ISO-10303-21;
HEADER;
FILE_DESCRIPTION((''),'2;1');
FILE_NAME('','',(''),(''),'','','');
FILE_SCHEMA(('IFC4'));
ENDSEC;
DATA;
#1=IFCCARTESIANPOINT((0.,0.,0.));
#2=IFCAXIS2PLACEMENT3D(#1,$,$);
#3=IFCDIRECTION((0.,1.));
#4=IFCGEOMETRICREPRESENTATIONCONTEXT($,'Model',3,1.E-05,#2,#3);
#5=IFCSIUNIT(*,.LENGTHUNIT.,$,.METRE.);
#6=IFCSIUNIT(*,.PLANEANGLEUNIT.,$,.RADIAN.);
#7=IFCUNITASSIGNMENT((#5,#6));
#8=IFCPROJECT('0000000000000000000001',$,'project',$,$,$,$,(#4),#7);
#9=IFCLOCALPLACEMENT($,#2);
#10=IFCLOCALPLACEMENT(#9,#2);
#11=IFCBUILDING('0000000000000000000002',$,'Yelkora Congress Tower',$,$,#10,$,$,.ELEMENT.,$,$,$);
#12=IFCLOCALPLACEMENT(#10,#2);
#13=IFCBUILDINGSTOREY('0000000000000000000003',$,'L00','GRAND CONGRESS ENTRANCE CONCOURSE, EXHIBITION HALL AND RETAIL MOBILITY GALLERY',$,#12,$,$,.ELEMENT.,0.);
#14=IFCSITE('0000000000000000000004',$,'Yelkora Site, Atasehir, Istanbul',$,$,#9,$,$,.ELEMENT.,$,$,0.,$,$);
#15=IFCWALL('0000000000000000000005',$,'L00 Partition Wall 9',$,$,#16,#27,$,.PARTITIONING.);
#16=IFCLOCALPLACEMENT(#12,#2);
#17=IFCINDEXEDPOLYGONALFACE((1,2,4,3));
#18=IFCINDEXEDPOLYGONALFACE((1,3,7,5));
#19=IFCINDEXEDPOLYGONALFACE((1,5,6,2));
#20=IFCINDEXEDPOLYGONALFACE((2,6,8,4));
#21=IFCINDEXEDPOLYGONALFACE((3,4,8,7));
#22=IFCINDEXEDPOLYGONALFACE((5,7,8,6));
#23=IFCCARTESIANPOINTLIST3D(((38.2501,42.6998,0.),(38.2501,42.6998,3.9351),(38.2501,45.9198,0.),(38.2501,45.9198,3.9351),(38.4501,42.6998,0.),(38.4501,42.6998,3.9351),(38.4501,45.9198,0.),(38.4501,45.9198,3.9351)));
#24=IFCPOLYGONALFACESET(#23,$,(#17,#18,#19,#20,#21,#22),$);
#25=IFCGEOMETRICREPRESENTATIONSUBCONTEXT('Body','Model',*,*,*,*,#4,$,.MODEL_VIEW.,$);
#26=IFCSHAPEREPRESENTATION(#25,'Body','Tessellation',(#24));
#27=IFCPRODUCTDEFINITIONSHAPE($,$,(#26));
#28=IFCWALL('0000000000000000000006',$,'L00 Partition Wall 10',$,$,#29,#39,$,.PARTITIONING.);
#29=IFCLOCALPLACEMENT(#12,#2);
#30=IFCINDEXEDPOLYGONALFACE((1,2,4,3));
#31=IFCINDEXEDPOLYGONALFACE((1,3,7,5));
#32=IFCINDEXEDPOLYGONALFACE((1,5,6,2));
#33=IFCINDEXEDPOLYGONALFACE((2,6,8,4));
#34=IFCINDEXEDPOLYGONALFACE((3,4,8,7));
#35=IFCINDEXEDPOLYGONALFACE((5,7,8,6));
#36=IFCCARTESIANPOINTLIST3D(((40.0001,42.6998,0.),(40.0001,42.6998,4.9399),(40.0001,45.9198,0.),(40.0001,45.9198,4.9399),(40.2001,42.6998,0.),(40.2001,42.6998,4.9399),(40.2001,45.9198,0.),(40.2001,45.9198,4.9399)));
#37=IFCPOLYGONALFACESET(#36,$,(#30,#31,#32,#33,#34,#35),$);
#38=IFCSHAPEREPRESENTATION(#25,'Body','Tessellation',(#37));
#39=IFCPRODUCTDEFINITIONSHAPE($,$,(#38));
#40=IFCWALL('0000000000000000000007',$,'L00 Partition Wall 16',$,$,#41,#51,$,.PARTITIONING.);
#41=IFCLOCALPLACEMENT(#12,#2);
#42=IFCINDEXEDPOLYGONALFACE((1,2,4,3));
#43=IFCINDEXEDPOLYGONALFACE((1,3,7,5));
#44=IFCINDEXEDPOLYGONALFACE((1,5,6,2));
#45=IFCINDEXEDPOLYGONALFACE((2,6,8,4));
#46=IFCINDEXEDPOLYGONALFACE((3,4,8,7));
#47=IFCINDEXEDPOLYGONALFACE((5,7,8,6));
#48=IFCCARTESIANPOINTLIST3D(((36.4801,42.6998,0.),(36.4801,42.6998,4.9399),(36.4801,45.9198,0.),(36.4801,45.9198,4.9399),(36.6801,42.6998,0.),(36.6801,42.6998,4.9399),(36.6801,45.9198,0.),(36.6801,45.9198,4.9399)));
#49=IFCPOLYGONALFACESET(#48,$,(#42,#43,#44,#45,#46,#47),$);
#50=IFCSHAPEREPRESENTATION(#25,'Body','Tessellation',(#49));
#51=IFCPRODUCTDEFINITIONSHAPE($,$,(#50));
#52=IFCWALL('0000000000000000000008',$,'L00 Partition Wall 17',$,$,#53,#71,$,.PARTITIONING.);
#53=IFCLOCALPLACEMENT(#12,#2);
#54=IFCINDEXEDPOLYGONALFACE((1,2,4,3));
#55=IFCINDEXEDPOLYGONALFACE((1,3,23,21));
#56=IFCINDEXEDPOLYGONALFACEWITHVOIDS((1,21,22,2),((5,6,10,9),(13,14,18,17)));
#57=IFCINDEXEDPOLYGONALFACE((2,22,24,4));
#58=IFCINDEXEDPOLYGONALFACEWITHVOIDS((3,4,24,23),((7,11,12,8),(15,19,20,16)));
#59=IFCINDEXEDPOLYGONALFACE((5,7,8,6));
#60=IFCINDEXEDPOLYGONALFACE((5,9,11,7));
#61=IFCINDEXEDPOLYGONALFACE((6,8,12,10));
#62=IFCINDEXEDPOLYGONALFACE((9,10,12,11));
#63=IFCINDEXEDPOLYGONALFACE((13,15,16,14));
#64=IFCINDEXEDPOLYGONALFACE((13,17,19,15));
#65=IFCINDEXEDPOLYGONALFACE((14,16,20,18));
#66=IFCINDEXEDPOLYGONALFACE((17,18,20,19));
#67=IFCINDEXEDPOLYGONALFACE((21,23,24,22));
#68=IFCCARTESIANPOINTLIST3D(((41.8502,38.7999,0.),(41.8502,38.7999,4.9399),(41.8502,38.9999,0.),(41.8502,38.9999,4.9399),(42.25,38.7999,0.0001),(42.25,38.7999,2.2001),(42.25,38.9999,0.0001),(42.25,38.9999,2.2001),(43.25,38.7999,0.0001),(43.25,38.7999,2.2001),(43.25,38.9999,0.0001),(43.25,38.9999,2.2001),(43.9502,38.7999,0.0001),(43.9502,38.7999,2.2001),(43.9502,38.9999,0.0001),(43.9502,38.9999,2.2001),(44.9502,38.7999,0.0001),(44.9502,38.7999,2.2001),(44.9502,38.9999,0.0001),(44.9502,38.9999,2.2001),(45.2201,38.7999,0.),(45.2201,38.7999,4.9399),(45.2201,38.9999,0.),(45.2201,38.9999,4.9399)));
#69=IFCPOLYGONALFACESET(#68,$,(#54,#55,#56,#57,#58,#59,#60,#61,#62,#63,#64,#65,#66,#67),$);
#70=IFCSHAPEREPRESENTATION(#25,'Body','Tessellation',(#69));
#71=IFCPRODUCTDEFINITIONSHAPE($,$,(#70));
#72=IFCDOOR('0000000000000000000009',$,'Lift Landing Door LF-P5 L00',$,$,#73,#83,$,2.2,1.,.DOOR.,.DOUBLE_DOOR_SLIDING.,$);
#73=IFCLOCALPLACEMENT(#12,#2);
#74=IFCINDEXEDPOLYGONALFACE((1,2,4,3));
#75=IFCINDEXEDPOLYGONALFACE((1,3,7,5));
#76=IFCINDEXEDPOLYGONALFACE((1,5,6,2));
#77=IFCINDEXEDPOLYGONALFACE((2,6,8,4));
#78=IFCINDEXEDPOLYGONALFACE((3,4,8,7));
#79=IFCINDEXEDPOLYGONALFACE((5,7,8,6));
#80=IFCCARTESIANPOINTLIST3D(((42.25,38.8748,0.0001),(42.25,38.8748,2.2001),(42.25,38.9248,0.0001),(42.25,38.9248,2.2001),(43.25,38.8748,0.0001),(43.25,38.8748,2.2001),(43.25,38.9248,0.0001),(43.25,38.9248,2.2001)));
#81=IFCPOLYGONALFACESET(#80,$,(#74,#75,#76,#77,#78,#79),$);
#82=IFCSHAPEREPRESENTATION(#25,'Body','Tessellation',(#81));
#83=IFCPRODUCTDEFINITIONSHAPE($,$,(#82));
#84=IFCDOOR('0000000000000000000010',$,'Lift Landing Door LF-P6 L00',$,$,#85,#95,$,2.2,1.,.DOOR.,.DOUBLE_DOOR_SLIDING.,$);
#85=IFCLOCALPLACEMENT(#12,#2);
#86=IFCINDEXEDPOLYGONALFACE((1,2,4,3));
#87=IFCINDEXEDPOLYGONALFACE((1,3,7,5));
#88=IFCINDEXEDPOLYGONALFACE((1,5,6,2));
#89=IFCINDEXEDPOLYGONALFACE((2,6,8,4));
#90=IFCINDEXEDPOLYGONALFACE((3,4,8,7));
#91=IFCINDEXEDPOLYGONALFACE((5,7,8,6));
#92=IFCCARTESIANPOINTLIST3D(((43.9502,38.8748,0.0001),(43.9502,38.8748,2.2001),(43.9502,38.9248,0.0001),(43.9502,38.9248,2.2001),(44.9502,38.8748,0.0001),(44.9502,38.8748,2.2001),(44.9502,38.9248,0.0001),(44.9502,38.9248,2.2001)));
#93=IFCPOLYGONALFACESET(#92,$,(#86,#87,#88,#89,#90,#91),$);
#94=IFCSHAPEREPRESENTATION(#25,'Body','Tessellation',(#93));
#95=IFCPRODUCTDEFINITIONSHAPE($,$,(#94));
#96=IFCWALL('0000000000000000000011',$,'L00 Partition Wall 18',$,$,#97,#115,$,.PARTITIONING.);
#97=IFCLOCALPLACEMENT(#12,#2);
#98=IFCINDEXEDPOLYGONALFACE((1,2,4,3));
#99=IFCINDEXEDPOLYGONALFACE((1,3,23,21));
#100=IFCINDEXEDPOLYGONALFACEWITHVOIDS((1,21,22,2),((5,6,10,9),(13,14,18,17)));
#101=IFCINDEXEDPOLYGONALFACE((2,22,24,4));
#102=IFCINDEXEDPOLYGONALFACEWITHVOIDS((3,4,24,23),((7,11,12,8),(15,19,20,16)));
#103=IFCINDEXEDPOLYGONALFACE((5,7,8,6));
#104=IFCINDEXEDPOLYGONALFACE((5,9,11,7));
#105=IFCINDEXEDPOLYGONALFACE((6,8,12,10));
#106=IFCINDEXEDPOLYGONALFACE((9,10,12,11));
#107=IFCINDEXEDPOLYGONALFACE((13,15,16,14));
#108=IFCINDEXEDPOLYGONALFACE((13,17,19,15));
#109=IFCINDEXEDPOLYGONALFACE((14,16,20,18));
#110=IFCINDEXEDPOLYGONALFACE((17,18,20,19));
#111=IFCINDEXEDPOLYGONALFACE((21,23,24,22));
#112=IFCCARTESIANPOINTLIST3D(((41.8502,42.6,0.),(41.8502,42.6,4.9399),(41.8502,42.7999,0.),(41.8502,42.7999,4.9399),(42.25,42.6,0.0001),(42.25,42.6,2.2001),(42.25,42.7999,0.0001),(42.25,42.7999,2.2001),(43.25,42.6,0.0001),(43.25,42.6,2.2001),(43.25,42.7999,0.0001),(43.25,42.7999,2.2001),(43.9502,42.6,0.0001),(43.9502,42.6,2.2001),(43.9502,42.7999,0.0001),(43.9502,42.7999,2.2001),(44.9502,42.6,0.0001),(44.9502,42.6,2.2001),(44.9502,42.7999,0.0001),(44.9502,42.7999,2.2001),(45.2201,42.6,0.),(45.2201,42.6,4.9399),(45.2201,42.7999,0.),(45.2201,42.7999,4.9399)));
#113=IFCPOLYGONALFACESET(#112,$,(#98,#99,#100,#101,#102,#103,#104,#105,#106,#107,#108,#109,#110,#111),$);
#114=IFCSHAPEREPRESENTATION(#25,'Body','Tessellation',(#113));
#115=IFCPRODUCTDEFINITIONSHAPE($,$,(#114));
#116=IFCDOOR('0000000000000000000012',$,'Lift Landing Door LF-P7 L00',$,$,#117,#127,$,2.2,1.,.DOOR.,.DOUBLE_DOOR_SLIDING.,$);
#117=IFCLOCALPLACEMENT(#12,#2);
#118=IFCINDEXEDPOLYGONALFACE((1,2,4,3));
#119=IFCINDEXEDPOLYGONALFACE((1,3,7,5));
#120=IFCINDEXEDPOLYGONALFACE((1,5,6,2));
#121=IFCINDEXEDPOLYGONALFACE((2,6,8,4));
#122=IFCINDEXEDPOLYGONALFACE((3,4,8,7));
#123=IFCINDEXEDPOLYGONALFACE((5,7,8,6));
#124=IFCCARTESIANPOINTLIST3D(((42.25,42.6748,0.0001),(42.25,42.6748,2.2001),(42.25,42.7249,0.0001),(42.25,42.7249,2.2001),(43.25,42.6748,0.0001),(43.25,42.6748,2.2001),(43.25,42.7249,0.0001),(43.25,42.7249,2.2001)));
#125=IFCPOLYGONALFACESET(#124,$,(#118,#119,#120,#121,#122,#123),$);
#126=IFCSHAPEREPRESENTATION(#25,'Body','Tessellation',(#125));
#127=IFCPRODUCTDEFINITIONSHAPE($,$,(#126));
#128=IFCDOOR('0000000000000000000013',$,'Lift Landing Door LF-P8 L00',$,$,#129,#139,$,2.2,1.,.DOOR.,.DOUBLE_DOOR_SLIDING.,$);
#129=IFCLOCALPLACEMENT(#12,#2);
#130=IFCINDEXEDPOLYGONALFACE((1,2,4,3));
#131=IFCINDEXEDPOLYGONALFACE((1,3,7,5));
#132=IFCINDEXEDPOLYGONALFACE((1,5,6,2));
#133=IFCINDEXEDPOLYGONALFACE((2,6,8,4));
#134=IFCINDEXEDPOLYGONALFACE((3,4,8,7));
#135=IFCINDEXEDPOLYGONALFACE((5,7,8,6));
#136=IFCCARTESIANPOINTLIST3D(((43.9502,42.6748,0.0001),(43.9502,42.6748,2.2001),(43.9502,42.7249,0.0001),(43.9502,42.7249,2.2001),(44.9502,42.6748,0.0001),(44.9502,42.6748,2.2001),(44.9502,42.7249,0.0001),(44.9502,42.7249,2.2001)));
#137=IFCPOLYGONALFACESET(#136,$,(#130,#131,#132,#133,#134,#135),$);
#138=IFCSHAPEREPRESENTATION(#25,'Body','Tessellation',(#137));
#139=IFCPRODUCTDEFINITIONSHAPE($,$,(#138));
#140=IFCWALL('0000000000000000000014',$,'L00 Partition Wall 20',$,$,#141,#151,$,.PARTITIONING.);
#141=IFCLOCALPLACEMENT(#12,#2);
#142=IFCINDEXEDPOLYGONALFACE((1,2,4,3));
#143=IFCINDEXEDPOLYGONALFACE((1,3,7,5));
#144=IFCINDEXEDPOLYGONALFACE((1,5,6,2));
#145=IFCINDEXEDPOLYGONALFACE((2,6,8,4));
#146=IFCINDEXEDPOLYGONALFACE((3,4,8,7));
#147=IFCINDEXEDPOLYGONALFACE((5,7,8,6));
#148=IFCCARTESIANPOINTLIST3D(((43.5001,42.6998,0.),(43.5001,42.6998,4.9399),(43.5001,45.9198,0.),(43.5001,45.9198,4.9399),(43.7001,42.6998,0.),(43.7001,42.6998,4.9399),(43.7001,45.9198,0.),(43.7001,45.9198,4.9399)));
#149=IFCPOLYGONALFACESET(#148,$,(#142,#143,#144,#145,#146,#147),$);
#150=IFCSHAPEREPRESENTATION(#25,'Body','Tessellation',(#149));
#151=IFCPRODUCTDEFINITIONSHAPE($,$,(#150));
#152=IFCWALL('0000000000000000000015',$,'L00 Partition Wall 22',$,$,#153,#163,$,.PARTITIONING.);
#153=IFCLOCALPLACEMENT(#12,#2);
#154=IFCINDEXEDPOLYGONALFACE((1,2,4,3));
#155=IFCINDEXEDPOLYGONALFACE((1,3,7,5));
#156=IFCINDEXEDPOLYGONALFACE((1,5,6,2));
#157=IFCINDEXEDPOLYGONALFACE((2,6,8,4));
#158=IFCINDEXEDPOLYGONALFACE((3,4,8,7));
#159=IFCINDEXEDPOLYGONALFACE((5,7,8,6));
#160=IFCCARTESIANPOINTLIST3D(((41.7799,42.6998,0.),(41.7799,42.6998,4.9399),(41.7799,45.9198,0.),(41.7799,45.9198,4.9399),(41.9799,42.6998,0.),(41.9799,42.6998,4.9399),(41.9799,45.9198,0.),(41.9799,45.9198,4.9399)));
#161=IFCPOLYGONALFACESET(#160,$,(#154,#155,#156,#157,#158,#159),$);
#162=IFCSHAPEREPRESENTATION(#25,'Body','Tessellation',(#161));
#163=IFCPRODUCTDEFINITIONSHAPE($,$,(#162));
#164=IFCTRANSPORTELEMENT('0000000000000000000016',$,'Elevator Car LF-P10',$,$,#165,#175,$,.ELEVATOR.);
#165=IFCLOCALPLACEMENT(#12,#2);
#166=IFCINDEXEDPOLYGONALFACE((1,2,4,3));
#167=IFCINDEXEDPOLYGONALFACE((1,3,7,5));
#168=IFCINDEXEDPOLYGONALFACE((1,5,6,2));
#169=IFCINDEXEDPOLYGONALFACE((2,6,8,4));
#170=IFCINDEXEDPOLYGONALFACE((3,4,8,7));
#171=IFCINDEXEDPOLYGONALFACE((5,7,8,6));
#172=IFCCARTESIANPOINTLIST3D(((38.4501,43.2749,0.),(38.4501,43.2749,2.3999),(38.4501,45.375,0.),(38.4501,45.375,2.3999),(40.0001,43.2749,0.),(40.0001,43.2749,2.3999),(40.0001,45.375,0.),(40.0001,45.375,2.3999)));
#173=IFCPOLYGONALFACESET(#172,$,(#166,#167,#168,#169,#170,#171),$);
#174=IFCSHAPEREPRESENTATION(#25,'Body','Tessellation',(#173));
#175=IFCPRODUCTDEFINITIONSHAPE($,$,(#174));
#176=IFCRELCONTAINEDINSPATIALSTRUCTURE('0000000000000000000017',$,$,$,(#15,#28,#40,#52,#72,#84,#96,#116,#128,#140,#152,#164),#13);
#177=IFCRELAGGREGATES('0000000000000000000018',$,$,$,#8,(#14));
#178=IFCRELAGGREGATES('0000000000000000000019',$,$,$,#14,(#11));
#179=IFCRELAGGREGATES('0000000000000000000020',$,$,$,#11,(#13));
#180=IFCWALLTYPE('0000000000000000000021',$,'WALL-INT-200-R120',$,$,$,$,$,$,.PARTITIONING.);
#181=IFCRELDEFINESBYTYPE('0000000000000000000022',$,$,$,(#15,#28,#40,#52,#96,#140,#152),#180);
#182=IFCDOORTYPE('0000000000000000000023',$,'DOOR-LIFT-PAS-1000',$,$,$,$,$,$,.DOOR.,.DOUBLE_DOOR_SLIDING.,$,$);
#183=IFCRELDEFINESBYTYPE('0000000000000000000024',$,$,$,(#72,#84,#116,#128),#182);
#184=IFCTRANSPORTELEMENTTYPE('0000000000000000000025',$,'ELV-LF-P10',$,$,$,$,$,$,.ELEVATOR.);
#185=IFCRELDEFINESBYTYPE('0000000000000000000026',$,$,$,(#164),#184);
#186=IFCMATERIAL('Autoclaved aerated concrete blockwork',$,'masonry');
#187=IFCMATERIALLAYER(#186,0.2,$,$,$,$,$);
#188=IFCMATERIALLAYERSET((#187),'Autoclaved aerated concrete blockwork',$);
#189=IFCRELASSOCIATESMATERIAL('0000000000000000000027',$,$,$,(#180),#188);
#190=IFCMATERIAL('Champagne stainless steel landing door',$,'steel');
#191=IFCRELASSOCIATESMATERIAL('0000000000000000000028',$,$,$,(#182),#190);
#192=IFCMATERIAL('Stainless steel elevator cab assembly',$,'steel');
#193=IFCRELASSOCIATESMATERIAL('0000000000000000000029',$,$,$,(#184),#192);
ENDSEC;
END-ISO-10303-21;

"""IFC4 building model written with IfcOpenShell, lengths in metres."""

from ifc_helpers import new_model, si_unit, direction, frame, frame_2d, origin, origin_2d, place, context, subcontext, project, spatial, rectangle, extrude, material, layer, layer_set, type_object, element, fill, save


model = new_model("IFC4")

# Units and contexts
model_context = context("Model", 3, precision=1e-05, world=origin(), true_north=direction((0.0, 1.0)))
body_context = subcontext(model_context, "Body", "Model", "MODEL_VIEW")
ifc_project = project(units=[si_unit("LENGTHUNIT", "METRE"), si_unit("PLANEANGLEUNIT", "RADIAN")], contexts=[model_context])

# Site, building, storey
site_placement = place(None, origin())
site = spatial("IfcSite", under=ifc_project, at=site_placement, Name="Yelkora Site, Atasehir, Istanbul", CompositionType="ELEMENT", RefElevation=0.0)
building_placement = place(site_placement, origin())
building = spatial("IfcBuilding", under=site, at=building_placement, Name="Yelkora Congress Tower", CompositionType="ELEMENT")
storey_placement = place(building_placement, origin())
storey = spatial("IfcBuildingStorey", under=building, at=storey_placement, Name="L00", Description="GRAND CONGRESS ENTRANCE CONCOURSE, EXHIBITION HALL AND RETAIL MOBILITY GALLERY", CompositionType="ELEMENT", Elevation=0.0)

# Shared definitions
ifc_material_1 = material(Name="Autoclaved aerated concrete blockwork", Category="masonry")
ifc_layer_1 = layer(ifc_material_1, 0.2)
ifc_layer_set_1 = layer_set([ifc_layer_1], Name="Autoclaved aerated concrete blockwork")
wall_type_1 = type_object("IfcWallType", Name="WALL-INT-200-R120", PredefinedType="PARTITIONING", material=ifc_layer_set_1)
ifc_material_2 = material(Name="Champagne stainless steel landing door", Category="steel")
door_type_1 = type_object("IfcDoorType", Name="DOOR-LIFT-PAS-1000", OperationType="DOUBLE_DOOR_SLIDING", PredefinedType="DOOR", material=ifc_material_2)

# Walls
wall_1_placement = place(storey_placement, frame((38.3501, 42.7, 0.0), z_axis=(0.0, 0.0, 1.0), x_axis=(0.0, 1.0, 0.0)))
element("IfcWall", 1, at=wall_1_placement, inside=storey, type_object=wall_type_1, Name="L00 Partition Wall 9", PredefinedType="PARTITIONING", context=body_context, shape_type="SweptSolid", body=[
    extrude(rectangle(XDim=3.22, YDim=0.2, at=frame_2d((1.6099, 0.0))), origin(), (0.0, 0.0, 1.0), 3.9351),
])
for number, where, z_axis, x_axis, name in (
    (2, (40.1001, 42.7, 0.0), (0.0, 0.0, 1.0), (0.0, 1.0, 0.0), "L00 Partition Wall 10"),
    (3, (36.5801, 42.7, 0.0), (0.0, 0.0, 1.0), (0.0, 1.0, 0.0), "L00 Partition Wall 16"),
):
    element("IfcWall", number, at=place(storey_placement, frame(where, z_axis=z_axis, x_axis=x_axis)), inside=storey, type_object=wall_type_1, Name=name, PredefinedType="PARTITIONING", context=body_context, shape_type="SweptSolid", body=[
        extrude(rectangle(XDim=3.22, YDim=0.2, at=frame_2d((1.6099, 0.0))), origin(), (0.0, 0.0, 1.0), 4.9399),
    ])

# Walls, openings, doors
wall_2_placement = place(storey_placement, frame((41.8501, 38.8999, 0.0), z_axis=(0.0, 0.0, 1.0), x_axis=(1.0, 0.0, 0.0)))
wall_2 = element("IfcWall", 4, at=wall_2_placement, inside=storey, type_object=wall_type_1, Name="L00 Partition Wall 17", PredefinedType="PARTITIONING", context=body_context, shape_type="SweptSolid", body=[
    extrude(rectangle(XDim=3.3699, YDim=0.2, at=frame_2d((1.6851, 0.0))), origin(), (0.0, 0.0, 1.0), 4.9399),
])
opening_1_placement = place(wall_2_placement, frame((0.3999, 0.0, 0.0)))
opening_1 = element("IfcOpeningElement", 5, at=opening_1_placement, cuts=wall_2, PredefinedType="OPENING", context=body_context, shape_type="SweptSolid", body=[
    extrude(rectangle(XDim=1.0, YDim=2.2, at=frame_2d((0.5, 1.1001))), frame((0.0, 0.1099, 0.0), z_axis=(0.0, -1.0, 0.0), x_axis=(1.0, 0.0, 0.0)), (0.0, 0.0, 1.0), 0.22),
])
opening_2_placement = place(wall_2_placement, frame((2.1001, 0.0, 0.0)))
opening_2 = element("IfcOpeningElement", 6, at=opening_2_placement, cuts=wall_2, PredefinedType="OPENING", context=body_context, shape_type="SweptSolid", body=[
    extrude(rectangle(XDim=1.0, YDim=2.2, at=frame_2d((0.5, 1.1001))), frame((0.0, 0.1099, 0.0), z_axis=(0.0, -1.0, 0.0), x_axis=(1.0, 0.0, 0.0)), (0.0, 0.0, 1.0), 0.22),
])
door_1_placement = place(opening_1_placement, origin())
door_1 = element("IfcDoor", 7, at=door_1_placement, inside=storey, type_object=door_type_1, Name="Lift Landing Door LF-P5 L00", OperationType="DOUBLE_DOOR_SLIDING", OverallHeight=2.2, OverallWidth=1.0, PredefinedType="DOOR", context=body_context, shape_type="SweptSolid", body=[
    extrude(rectangle(XDim=1.0, YDim=2.2, at=frame_2d((0.5, 1.1001))), frame((0.0, 0.0249, 0.0), z_axis=(0.0, -1.0, 0.0), x_axis=(1.0, 0.0, 0.0)), (0.0, 0.0, 1.0), 0.05),
])
fill(opening_1, door_1)
door_2_placement = place(opening_2_placement, origin())
door_2 = element("IfcDoor", 8, at=door_2_placement, inside=storey, type_object=door_type_1, Name="Lift Landing Door LF-P6 L00", OperationType="DOUBLE_DOOR_SLIDING", OverallHeight=2.2, OverallWidth=1.0, PredefinedType="DOOR", context=body_context, shape_type="SweptSolid", body=[
    extrude(rectangle(XDim=1.0, YDim=2.2, at=frame_2d((0.5, 1.1001))), frame((0.0, 0.0249, 0.0), z_axis=(0.0, -1.0, 0.0), x_axis=(1.0, 0.0, 0.0)), (0.0, 0.0, 1.0), 0.05),
])
fill(opening_2, door_2)
wall_3_placement = place(storey_placement, frame((41.8501, 42.7, 0.0), z_axis=(0.0, 0.0, 1.0), x_axis=(1.0, 0.0, 0.0)))
wall_3 = element("IfcWall", 9, at=wall_3_placement, inside=storey, type_object=wall_type_1, Name="L00 Partition Wall 18", PredefinedType="PARTITIONING", context=body_context, shape_type="SweptSolid", body=[
    extrude(rectangle(XDim=3.3699, YDim=0.2, at=frame_2d((1.6851, 0.0))), origin(), (0.0, 0.0, 1.0), 4.9399),
])
opening_3_placement = place(wall_3_placement, frame((0.3999, 0.0, 0.0)))
opening_3 = element("IfcOpeningElement", 10, at=opening_3_placement, cuts=wall_3, PredefinedType="OPENING", context=body_context, shape_type="SweptSolid", body=[
    extrude(rectangle(XDim=1.0, YDim=2.2, at=frame_2d((0.5, 1.1001))), frame((0.0, 0.1099, 0.0), z_axis=(0.0, -1.0, 0.0), x_axis=(1.0, 0.0, 0.0)), (0.0, 0.0, 1.0), 0.22),
])
opening_4_placement = place(wall_3_placement, frame((2.1001, 0.0, 0.0)))
opening_4 = element("IfcOpeningElement", 11, at=opening_4_placement, cuts=wall_3, PredefinedType="OPENING", context=body_context, shape_type="SweptSolid", body=[
    extrude(rectangle(XDim=1.0, YDim=2.2, at=frame_2d((0.5, 1.1001))), frame((0.0, 0.1099, 0.0), z_axis=(0.0, -1.0, 0.0), x_axis=(1.0, 0.0, 0.0)), (0.0, 0.0, 1.0), 0.22),
])
door_3_placement = place(opening_3_placement, origin())
door_3 = element("IfcDoor", 12, at=door_3_placement, inside=storey, type_object=door_type_1, Name="Lift Landing Door LF-P7 L00", OperationType="DOUBLE_DOOR_SLIDING", OverallHeight=2.2, OverallWidth=1.0, PredefinedType="DOOR", context=body_context, shape_type="SweptSolid", body=[
    extrude(rectangle(XDim=1.0, YDim=2.2, at=frame_2d((0.5, 1.1001))), frame((0.0, 0.0249, 0.0), z_axis=(0.0, -1.0, 0.0), x_axis=(1.0, 0.0, 0.0)), (0.0, 0.0, 1.0), 0.05),
])
fill(opening_3, door_3)
door_4_placement = place(opening_4_placement, origin())
door_4 = element("IfcDoor", 13, at=door_4_placement, inside=storey, type_object=door_type_1, Name="Lift Landing Door LF-P8 L00", OperationType="DOUBLE_DOOR_SLIDING", OverallHeight=2.2, OverallWidth=1.0, PredefinedType="DOOR", context=body_context, shape_type="SweptSolid", body=[
    extrude(rectangle(XDim=1.0, YDim=2.2, at=frame_2d((0.5, 1.1001))), frame((0.0, 0.0249, 0.0), z_axis=(0.0, -1.0, 0.0), x_axis=(1.0, 0.0, 0.0)), (0.0, 0.0, 1.0), 0.05),
])
fill(opening_4, door_4)

# Walls
for number, where, z_axis, x_axis, name in (
    (14, (43.6001, 42.7, 0.0), (0.0, 0.0, 1.0), (0.0, 1.0, 0.0), "L00 Partition Wall 20"),
    (15, (41.8799, 42.7, 0.0), (0.0, 0.0, 1.0), (0.0, 1.0, 0.0), "L00 Partition Wall 22"),
):
    element("IfcWall", number, at=place(storey_placement, frame(where, z_axis=z_axis, x_axis=x_axis)), inside=storey, type_object=wall_type_1, Name=name, PredefinedType="PARTITIONING", context=body_context, shape_type="SweptSolid", body=[
        extrude(rectangle(XDim=3.22, YDim=0.2, at=frame_2d((1.6099, 0.0))), origin(), (0.0, 0.0, 1.0), 4.9399),
    ])

# Transport element
ifc_material_3 = material(Name="Stainless steel elevator cab assembly", Category="steel")
transport_element_type_1 = type_object("IfcTransportElementType", Name="ELV-LF-P10", PredefinedType="ELEVATOR", material=ifc_material_3)
transport_element_1_placement = place(storey_placement, frame((39.2251, 44.325, 0.0), z_axis=(0.0, 0.0, 1.0), x_axis=(1.0, 0.0, 0.0)))
element("IfcTransportElement", 16, at=transport_element_1_placement, inside=storey, type_object=transport_element_type_1, Name="Elevator Car LF-P10", PredefinedType="ELEVATOR", context=body_context, shape_type="SweptSolid", body=[
    extrude(rectangle(XDim=1.55, YDim=2.1001, at=origin_2d()), origin(), (0.0, 0.0, 1.0), 2.3999),
])

save(model, "model.ifc")
